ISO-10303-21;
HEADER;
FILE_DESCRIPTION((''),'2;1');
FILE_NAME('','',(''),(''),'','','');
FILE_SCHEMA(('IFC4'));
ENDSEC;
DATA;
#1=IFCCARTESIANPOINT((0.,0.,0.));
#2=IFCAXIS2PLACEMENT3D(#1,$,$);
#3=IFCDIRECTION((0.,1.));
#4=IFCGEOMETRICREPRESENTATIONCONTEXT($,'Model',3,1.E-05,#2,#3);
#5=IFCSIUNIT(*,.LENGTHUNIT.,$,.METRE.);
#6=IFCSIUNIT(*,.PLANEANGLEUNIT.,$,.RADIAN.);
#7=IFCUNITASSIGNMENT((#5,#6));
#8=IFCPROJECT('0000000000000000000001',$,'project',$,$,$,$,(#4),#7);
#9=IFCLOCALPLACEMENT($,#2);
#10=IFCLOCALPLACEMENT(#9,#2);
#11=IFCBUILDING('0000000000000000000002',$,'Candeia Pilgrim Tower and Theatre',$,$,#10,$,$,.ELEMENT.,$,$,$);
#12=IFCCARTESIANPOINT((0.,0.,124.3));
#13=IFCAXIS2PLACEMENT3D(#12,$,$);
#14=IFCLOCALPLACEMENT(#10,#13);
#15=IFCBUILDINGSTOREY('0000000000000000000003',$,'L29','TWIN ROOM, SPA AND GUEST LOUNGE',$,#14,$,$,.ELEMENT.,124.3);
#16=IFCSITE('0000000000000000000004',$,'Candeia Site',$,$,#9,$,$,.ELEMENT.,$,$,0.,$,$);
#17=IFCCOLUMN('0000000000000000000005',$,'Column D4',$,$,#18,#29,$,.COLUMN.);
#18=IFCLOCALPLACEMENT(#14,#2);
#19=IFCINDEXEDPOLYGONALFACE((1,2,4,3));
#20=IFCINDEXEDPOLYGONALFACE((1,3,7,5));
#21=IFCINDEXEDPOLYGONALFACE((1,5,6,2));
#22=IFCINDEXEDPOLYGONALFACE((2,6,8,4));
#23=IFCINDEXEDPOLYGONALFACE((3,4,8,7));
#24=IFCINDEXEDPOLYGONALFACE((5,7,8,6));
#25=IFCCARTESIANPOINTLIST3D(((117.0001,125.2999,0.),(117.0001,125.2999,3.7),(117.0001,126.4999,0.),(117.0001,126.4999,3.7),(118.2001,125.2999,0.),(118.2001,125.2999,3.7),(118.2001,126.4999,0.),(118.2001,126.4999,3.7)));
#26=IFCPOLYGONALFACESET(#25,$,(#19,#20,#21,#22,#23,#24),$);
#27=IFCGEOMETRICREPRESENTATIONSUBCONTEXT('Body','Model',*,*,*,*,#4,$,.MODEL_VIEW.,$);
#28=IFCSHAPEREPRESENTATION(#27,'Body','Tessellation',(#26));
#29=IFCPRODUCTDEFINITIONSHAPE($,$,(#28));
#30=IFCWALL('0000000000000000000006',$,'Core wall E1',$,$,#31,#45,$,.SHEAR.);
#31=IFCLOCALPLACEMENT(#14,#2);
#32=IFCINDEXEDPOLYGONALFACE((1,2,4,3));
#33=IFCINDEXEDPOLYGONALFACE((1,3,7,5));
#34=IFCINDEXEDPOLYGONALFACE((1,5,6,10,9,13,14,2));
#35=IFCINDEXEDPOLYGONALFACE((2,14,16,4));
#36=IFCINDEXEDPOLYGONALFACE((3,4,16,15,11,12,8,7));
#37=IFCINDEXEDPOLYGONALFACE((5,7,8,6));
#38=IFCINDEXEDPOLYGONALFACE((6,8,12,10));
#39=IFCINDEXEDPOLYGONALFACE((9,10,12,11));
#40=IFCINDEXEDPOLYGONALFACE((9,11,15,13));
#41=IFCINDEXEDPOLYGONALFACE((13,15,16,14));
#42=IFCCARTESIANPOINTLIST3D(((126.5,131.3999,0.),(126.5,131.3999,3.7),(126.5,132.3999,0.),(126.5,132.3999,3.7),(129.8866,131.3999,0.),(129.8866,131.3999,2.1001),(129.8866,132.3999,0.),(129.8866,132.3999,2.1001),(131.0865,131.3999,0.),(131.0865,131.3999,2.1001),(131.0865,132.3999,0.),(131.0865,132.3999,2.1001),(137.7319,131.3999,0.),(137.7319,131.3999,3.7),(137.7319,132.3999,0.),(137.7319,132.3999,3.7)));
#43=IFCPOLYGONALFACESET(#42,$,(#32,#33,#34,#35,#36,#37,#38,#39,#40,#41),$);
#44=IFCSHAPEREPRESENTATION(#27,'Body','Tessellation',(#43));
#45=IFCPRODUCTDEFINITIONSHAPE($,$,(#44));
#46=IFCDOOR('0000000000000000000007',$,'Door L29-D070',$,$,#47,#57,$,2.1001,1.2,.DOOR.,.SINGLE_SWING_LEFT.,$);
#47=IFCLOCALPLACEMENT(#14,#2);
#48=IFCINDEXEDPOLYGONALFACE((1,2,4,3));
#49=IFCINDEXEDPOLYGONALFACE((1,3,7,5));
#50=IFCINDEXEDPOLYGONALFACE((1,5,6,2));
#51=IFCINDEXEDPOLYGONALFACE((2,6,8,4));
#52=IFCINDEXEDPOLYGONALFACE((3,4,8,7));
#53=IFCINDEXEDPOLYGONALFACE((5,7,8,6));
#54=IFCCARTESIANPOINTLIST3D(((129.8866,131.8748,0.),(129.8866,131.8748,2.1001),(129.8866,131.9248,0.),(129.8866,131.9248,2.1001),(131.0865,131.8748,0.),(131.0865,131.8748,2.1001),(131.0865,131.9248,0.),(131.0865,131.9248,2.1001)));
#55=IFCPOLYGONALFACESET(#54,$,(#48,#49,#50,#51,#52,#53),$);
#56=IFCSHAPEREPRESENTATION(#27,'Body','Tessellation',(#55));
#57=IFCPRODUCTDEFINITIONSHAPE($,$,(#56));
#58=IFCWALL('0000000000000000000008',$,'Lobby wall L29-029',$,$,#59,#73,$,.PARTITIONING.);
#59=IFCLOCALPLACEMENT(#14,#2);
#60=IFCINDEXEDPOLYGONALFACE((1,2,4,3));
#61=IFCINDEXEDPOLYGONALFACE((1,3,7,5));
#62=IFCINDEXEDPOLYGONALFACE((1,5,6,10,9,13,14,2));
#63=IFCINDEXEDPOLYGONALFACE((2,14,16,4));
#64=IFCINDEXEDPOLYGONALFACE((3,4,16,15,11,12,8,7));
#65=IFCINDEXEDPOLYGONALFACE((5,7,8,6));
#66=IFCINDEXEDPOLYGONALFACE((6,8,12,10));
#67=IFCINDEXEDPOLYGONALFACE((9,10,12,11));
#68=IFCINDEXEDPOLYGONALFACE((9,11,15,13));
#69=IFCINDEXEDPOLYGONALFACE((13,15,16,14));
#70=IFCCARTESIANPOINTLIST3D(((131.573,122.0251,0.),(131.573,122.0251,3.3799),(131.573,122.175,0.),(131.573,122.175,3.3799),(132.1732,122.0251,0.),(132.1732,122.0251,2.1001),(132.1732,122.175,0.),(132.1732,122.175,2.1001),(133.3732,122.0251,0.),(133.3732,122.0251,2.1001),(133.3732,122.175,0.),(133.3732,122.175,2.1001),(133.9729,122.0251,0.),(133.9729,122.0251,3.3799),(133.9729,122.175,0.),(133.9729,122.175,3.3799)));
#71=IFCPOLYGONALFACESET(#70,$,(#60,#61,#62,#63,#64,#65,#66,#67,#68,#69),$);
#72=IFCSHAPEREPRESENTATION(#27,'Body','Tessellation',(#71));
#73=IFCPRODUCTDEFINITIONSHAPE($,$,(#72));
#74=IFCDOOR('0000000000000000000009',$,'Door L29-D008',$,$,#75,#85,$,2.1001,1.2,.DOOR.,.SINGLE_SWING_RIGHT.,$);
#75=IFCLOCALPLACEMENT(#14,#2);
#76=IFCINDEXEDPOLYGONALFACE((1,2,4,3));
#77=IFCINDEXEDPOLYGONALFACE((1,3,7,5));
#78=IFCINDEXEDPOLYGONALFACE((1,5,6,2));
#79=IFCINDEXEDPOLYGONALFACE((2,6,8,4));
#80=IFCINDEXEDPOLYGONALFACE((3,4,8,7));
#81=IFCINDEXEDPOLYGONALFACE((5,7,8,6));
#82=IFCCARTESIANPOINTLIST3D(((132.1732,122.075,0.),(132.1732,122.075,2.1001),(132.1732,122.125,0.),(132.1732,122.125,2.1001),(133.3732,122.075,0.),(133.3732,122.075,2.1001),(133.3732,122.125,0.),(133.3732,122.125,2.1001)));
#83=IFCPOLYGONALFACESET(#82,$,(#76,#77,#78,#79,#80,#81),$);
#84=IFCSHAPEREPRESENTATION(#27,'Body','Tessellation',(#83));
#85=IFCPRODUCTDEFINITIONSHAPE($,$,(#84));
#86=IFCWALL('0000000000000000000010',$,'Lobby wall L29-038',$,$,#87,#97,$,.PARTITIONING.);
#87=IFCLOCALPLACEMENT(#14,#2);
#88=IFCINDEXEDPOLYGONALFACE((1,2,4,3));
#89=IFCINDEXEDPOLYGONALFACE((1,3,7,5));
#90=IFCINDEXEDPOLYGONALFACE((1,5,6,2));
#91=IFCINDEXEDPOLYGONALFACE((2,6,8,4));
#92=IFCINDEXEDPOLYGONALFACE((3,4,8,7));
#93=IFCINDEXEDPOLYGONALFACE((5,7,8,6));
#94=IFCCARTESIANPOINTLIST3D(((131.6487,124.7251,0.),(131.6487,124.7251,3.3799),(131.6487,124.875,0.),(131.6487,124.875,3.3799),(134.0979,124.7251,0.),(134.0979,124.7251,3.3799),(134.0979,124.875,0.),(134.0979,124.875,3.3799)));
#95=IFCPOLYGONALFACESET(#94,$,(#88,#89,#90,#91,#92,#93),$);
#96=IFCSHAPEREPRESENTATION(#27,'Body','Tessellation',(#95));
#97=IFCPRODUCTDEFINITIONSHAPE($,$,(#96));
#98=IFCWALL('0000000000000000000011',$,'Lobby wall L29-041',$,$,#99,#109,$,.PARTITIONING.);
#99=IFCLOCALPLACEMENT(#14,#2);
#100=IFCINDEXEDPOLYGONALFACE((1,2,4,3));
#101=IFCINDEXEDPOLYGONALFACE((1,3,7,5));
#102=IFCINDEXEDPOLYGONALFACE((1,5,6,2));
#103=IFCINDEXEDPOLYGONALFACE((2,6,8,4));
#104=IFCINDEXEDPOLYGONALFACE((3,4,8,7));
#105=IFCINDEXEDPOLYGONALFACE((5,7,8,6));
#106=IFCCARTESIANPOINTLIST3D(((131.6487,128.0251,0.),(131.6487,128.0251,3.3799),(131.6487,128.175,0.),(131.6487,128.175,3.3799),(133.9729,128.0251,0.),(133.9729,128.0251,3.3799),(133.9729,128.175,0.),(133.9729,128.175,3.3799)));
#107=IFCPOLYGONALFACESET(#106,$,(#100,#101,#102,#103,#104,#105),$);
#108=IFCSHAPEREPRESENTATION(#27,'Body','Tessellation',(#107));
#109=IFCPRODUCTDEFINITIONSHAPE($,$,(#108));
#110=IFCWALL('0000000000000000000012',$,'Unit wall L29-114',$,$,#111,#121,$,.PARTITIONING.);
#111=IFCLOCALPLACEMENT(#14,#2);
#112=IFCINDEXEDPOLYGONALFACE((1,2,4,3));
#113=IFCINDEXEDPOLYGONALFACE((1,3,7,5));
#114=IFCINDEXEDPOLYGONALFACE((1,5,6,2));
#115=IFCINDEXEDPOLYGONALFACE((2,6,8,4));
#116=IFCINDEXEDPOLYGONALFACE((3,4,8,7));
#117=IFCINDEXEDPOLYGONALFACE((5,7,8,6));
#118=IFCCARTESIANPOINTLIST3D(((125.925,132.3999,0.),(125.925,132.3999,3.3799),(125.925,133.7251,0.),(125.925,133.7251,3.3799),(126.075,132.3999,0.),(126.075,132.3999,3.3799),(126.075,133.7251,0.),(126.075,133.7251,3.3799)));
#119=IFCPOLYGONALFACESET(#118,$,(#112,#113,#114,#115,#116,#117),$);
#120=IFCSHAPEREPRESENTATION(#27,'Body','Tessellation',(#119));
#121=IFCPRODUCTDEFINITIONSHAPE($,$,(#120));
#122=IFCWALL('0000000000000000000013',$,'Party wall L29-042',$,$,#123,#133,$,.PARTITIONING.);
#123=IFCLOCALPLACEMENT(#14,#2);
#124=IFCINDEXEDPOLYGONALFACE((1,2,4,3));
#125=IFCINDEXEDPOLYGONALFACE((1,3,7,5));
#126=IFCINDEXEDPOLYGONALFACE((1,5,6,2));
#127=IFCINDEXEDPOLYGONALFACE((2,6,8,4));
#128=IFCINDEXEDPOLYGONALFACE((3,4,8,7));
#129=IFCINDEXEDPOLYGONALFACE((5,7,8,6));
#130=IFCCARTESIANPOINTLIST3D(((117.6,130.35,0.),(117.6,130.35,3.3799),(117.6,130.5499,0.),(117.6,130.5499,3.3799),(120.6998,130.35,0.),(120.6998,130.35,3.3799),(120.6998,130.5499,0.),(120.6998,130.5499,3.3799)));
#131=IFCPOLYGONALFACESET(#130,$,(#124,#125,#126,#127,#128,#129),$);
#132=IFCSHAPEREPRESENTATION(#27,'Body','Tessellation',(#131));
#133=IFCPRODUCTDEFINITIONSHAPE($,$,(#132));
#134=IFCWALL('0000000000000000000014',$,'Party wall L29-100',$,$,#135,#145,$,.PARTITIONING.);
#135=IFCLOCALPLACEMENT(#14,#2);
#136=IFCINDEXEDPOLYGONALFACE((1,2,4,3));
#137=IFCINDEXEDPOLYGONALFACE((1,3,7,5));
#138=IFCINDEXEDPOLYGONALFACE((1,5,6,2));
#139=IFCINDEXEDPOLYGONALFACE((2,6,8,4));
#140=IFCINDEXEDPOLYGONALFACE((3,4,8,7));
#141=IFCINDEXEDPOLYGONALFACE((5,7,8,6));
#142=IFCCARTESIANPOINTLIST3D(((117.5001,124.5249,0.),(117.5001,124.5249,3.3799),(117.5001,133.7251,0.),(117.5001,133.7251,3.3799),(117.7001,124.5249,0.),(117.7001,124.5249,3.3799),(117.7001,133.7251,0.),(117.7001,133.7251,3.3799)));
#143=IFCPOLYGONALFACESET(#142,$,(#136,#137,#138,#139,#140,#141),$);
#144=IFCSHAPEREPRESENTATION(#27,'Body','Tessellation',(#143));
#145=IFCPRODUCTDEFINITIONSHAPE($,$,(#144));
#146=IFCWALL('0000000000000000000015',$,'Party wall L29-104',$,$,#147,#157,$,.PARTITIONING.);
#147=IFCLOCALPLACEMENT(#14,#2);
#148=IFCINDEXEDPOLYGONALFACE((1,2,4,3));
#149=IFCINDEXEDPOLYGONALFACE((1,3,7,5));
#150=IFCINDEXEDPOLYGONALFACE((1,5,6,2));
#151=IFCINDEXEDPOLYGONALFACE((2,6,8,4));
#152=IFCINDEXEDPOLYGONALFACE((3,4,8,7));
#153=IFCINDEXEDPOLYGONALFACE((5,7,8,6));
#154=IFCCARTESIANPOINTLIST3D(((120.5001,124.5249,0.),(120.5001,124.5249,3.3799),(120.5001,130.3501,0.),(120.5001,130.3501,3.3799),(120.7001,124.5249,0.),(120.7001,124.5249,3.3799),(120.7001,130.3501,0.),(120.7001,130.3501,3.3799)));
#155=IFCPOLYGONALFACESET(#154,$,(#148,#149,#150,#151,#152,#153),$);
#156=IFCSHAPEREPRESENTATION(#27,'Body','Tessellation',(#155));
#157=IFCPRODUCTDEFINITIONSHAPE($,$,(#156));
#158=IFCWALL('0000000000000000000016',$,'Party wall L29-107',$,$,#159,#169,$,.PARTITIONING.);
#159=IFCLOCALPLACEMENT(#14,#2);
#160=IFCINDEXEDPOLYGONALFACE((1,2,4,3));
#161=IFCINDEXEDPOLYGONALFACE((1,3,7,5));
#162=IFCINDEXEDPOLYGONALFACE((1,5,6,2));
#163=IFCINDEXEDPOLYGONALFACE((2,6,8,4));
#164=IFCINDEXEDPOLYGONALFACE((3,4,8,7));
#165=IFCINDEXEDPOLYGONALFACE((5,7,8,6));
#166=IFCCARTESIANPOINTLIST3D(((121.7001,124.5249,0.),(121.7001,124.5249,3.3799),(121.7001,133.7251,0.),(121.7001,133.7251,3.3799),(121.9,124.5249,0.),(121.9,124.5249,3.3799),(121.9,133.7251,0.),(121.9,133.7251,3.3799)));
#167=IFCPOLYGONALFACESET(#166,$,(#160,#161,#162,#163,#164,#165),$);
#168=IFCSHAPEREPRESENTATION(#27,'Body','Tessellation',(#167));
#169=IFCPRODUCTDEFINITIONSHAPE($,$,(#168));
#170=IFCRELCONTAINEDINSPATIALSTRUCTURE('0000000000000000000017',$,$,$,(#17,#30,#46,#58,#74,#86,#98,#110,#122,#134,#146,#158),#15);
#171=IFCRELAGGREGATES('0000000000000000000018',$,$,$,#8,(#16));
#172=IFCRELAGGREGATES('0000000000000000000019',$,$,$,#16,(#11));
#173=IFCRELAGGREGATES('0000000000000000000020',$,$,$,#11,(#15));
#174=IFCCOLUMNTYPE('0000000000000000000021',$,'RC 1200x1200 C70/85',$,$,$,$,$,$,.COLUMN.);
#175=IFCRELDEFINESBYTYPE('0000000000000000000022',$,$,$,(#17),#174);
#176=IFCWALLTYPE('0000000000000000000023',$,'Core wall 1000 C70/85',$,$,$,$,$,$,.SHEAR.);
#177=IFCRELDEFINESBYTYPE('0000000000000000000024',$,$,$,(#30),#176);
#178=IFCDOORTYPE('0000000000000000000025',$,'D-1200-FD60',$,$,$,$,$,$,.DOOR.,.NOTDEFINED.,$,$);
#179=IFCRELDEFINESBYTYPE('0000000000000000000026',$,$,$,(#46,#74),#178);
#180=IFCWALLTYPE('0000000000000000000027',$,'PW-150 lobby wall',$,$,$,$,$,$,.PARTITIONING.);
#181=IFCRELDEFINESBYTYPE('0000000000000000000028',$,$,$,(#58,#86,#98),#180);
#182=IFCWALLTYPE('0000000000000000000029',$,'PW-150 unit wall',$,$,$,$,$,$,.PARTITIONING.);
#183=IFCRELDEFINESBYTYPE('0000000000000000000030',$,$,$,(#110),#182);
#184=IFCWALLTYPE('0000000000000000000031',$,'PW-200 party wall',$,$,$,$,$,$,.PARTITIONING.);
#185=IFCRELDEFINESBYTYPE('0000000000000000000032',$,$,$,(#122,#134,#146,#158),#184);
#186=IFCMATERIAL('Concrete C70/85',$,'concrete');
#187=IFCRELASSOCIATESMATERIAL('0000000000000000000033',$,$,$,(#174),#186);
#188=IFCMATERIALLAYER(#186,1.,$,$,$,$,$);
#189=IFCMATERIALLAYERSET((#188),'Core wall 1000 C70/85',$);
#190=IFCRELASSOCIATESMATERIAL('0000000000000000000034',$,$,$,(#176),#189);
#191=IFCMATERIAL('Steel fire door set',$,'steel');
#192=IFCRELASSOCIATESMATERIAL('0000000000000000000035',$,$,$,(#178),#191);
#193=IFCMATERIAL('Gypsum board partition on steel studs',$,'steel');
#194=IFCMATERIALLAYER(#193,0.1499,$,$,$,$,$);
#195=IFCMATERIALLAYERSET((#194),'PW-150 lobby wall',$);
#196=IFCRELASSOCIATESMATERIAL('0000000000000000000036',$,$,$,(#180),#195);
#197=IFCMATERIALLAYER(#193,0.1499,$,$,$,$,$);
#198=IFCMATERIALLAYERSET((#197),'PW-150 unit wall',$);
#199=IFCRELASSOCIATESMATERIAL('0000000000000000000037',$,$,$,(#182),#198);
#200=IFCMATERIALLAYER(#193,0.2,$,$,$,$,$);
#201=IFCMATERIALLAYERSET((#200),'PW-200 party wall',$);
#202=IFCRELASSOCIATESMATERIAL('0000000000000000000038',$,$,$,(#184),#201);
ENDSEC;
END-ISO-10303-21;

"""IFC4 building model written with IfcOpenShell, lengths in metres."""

from ifc_helpers import new_model, si_unit, direction, frame, frame_2d, origin, origin_2d, place, context, subcontext, project, spatial, rectangle, extrude, material, layer, layer_set, material_profile, profile_set, type_object, element, fill, save


model = new_model("IFC4")

# Units and contexts
model_context = context("Model", 3, precision=1e-05, world=origin(), true_north=direction((0.0, 1.0)))
body_context = subcontext(model_context, "Body", "Model", "MODEL_VIEW")
ifc_project = project(units=[si_unit("LENGTHUNIT", "METRE"), si_unit("PLANEANGLEUNIT", "RADIAN")], contexts=[model_context])

# Site, building, storey
site_placement = place(None, origin())
site = spatial("IfcSite", under=ifc_project, at=site_placement, Name="Candeia Site", CompositionType="ELEMENT", RefElevation=0.0)
building_placement = place(site_placement, origin())
building = spatial("IfcBuilding", under=site, at=building_placement, Name="Candeia Pilgrim Tower and Theatre", CompositionType="ELEMENT")
storey_placement = place(building_placement, frame((0.0, 0.0, 124.3)))
storey = spatial("IfcBuildingStorey", under=building, at=storey_placement, Name="L29", Description="TWIN ROOM, SPA AND GUEST LOUNGE", CompositionType="ELEMENT", Elevation=124.3)

# Column
ifc_material_1 = material(Name="Concrete C70/85", Category="concrete")
ifc_material_profile = material_profile(ifc_material_1, rectangle(XDim=1.2, YDim=1.2, at=origin_2d()))
ifc_profile_set = profile_set([ifc_material_profile], Name="Concrete C70/85")
column_type = type_object("IfcColumnType", Name="RC 1200x1200 C70/85", PredefinedType="COLUMN", material=ifc_profile_set)
column_placement = place(storey_placement, frame((117.6001, 125.8999, 0.0), z_axis=(0.0, 0.0, 1.0), x_axis=(1.0, 0.0, 0.0)))
element("IfcColumn", 1, at=column_placement, inside=storey, type_object=column_type, Name="Column D4", PredefinedType="COLUMN", context=body_context, shape_type="SweptSolid", body=[
    extrude(rectangle(XDim=1.2, YDim=1.2, at=origin_2d()), origin(), (0.0, 0.0, 1.0), 3.7),
])

# Walls, openings, doors
ifc_layer_1 = layer(ifc_material_1, 1.0)
ifc_layer_set_1 = layer_set([ifc_layer_1], Name="Core wall 1000 C70/85")
wall_type_1 = type_object("IfcWallType", Name="Core wall 1000 C70/85", PredefinedType="SHEAR", material=ifc_layer_set_1)
wall_1_placement = place(storey_placement, frame((126.5, 131.8999, 0.0), z_axis=(0.0, 0.0, 1.0), x_axis=(1.0, 0.0, 0.0)))
wall_1 = element("IfcWall", 2, at=wall_1_placement, inside=storey, type_object=wall_type_1, Name="Core wall E1", PredefinedType="SHEAR", context=body_context, shape_type="SweptSolid", body=[
    extrude(rectangle(XDim=11.2319, YDim=1.0, at=frame_2d((5.616, 0.0))), origin(), (0.0, 0.0, 1.0), 3.7),
])
opening_1_placement = place(wall_1_placement, frame((3.3865, 0.0, 0.0)))
opening_1 = element("IfcOpeningElement", 3, at=opening_1_placement, cuts=wall_1, PredefinedType="OPENING", context=body_context, shape_type="SweptSolid", body=[
    extrude(rectangle(XDim=1.2, YDim=2.1001, at=frame_2d((0.6001, 1.05))), frame((0.0, 0.51, 0.0), z_axis=(0.0, -1.0, 0.0), x_axis=(1.0, 0.0, 0.0)), (0.0, 0.0, 1.0), 1.02),
])
ifc_material_2 = material(Name="Steel fire door set", Category="steel")
door_type_1 = type_object("IfcDoorType", Name="D-1200-FD60", OperationType="NOTDEFINED", PredefinedType="DOOR", material=ifc_material_2)
door_1_placement = place(opening_1_placement, origin())
door_1 = element("IfcDoor", 4, at=door_1_placement, inside=storey, type_object=door_type_1, Name="Door L29-D070", OperationType="SINGLE_SWING_LEFT", OverallHeight=2.1001, OverallWidth=1.2, PredefinedType="DOOR", context=body_context, shape_type="SweptSolid", body=[
    extrude(rectangle(XDim=1.2, YDim=2.1001, at=frame_2d((0.6001, 1.05))), frame((0.0, 0.0249, 0.0), z_axis=(0.0, -1.0, 0.0), x_axis=(1.0, 0.0, 0.0)), (0.0, 0.0, 1.0), 0.05),
])
fill(opening_1, door_1)
ifc_material_3 = material(Name="Gypsum board partition on steel studs", Category="steel")
ifc_layer_2 = layer(ifc_material_3, 0.1499)
ifc_layer_set_2 = layer_set([ifc_layer_2], Name="PW-150 lobby wall")
wall_type_2 = type_object("IfcWallType", Name="PW-150 lobby wall", PredefinedType="PARTITIONING", material=ifc_layer_set_2)
wall_2_placement = place(storey_placement, frame((131.573, 122.1001, 0.0), z_axis=(0.0, 0.0, 1.0), x_axis=(1.0, 0.0, 0.0)))
wall_2 = element("IfcWall", 5, at=wall_2_placement, inside=storey, type_object=wall_type_2, Name="Lobby wall L29-029", PredefinedType="PARTITIONING", context=body_context, shape_type="SweptSolid", body=[
    extrude(rectangle(XDim=2.3999, YDim=0.1499, at=frame_2d((1.2, 0.0))), origin(), (0.0, 0.0, 1.0), 3.3799),
])
opening_2_placement = place(wall_2_placement, frame((0.6001, 0.0, 0.0)))
opening_2 = element("IfcOpeningElement", 6, at=opening_2_placement, cuts=wall_2, PredefinedType="OPENING", context=body_context, shape_type="SweptSolid", body=[
    extrude(rectangle(XDim=1.2, YDim=2.1001, at=frame_2d((0.6001, 1.05))), frame((0.0, 0.085, 0.0), z_axis=(0.0, -1.0, 0.0), x_axis=(1.0, 0.0, 0.0)), (0.0, 0.0, 1.0), 0.1699),
])
door_2_placement = place(opening_2_placement, origin())
door_2 = element("IfcDoor", 7, at=door_2_placement, inside=storey, type_object=door_type_1, Name="Door L29-D008", OperationType="SINGLE_SWING_RIGHT", OverallHeight=2.1001, OverallWidth=1.2, PredefinedType="DOOR", context=body_context, shape_type="SweptSolid", body=[
    extrude(rectangle(XDim=1.2, YDim=2.1001, at=frame_2d((0.6001, 1.05))), frame((0.0, 0.0249, 0.0), z_axis=(0.0, -1.0, 0.0), x_axis=(1.0, 0.0, 0.0)), (0.0, 0.0, 1.0), 0.05),
])
fill(opening_2, door_2)

# Walls
wall_3_placement = place(storey_placement, frame((131.6487, 124.8, 0.0), z_axis=(0.0, 0.0, 1.0), x_axis=(1.0, 0.0, 0.0)))
element("IfcWall", 8, at=wall_3_placement, inside=storey, type_object=wall_type_2, Name="Lobby wall L29-038", PredefinedType="PARTITIONING", context=body_context, shape_type="SweptSolid", body=[
    extrude(rectangle(XDim=2.4492, YDim=0.1499, at=frame_2d((1.2246, 0.0))), origin(), (0.0, 0.0, 1.0), 3.3799),
])
wall_4_placement = place(storey_placement, frame((131.6487, 128.1001, 0.0), z_axis=(0.0, 0.0, 1.0), x_axis=(1.0, 0.0, 0.0)))
element("IfcWall", 9, at=wall_4_placement, inside=storey, type_object=wall_type_2, Name="Lobby wall L29-041", PredefinedType="PARTITIONING", context=body_context, shape_type="SweptSolid", body=[
    extrude(rectangle(XDim=2.3242, YDim=0.1499, at=frame_2d((1.1621, 0.0))), origin(), (0.0, 0.0, 1.0), 3.3799),
])
ifc_layer_3 = layer(ifc_material_3, 0.1499)
ifc_layer_set_3 = layer_set([ifc_layer_3], Name="PW-150 unit wall")
wall_type_3 = type_object("IfcWallType", Name="PW-150 unit wall", PredefinedType="PARTITIONING", material=ifc_layer_set_3)
wall_5_placement = place(storey_placement, frame((126.0, 132.3999, 0.0), z_axis=(0.0, 0.0, 1.0), x_axis=(0.0, 1.0, 0.0)))
element("IfcWall", 10, at=wall_5_placement, inside=storey, type_object=wall_type_3, Name="Unit wall L29-114", PredefinedType="PARTITIONING", context=body_context, shape_type="SweptSolid", body=[
    extrude(rectangle(XDim=1.3252, YDim=0.1499, at=frame_2d((0.6626, 0.0))), origin(), (0.0, 0.0, 1.0), 3.3799),
])
ifc_layer_4 = layer(ifc_material_3, 0.2)
ifc_layer_set_4 = layer_set([ifc_layer_4], Name="PW-200 party wall")
wall_type_4 = type_object("IfcWallType", Name="PW-200 party wall", PredefinedType="PARTITIONING", material=ifc_layer_set_4)
wall_6_placement = place(storey_placement, frame((117.6001, 130.45, 0.0), z_axis=(0.0, 0.0, 1.0), x_axis=(1.0, 0.0, 0.0)))
element("IfcWall", 11, at=wall_6_placement, inside=storey, type_object=wall_type_4, Name="Party wall L29-042", PredefinedType="PARTITIONING", context=body_context, shape_type="SweptSolid", body=[
    extrude(rectangle(XDim=3.0999, YDim=0.2, at=frame_2d((1.5498, 0.0))), origin(), (0.0, 0.0, 1.0), 3.3799),
])
wall_7_placement = place(storey_placement, frame((117.6001, 124.5249, 0.0), z_axis=(0.0, 0.0, 1.0), x_axis=(0.0, 1.0, 0.0)))
element("IfcWall", 12, at=wall_7_placement, inside=storey, type_object=wall_type_4, Name="Party wall L29-100", PredefinedType="PARTITIONING", context=body_context, shape_type="SweptSolid", body=[
    extrude(rectangle(XDim=9.2002, YDim=0.2, at=frame_2d((4.6001, 0.0))), origin(), (0.0, 0.0, 1.0), 3.3799),
])
wall_8_placement = place(storey_placement, frame((120.6001, 124.5249, 0.0), z_axis=(0.0, 0.0, 1.0), x_axis=(0.0, 1.0, 0.0)))
element("IfcWall", 13, at=wall_8_placement, inside=storey, type_object=wall_type_4, Name="Party wall L29-104", PredefinedType="PARTITIONING", context=body_context, shape_type="SweptSolid", body=[
    extrude(rectangle(XDim=5.8252, YDim=0.2, at=frame_2d((2.9126, 0.0))), origin(), (0.0, 0.0, 1.0), 3.3799),
])
wall_9_placement = place(storey_placement, frame((121.8, 124.5249, 0.0), z_axis=(0.0, 0.0, 1.0), x_axis=(0.0, 1.0, 0.0)))
element("IfcWall", 14, at=wall_9_placement, inside=storey, type_object=wall_type_4, Name="Party wall L29-107", PredefinedType="PARTITIONING", context=body_context, shape_type="SweptSolid", body=[
    extrude(rectangle(XDim=9.2002, YDim=0.2, at=frame_2d((4.6001, 0.0))), origin(), (0.0, 0.0, 1.0), 3.3799),
])

save(model, "model.ifc")
